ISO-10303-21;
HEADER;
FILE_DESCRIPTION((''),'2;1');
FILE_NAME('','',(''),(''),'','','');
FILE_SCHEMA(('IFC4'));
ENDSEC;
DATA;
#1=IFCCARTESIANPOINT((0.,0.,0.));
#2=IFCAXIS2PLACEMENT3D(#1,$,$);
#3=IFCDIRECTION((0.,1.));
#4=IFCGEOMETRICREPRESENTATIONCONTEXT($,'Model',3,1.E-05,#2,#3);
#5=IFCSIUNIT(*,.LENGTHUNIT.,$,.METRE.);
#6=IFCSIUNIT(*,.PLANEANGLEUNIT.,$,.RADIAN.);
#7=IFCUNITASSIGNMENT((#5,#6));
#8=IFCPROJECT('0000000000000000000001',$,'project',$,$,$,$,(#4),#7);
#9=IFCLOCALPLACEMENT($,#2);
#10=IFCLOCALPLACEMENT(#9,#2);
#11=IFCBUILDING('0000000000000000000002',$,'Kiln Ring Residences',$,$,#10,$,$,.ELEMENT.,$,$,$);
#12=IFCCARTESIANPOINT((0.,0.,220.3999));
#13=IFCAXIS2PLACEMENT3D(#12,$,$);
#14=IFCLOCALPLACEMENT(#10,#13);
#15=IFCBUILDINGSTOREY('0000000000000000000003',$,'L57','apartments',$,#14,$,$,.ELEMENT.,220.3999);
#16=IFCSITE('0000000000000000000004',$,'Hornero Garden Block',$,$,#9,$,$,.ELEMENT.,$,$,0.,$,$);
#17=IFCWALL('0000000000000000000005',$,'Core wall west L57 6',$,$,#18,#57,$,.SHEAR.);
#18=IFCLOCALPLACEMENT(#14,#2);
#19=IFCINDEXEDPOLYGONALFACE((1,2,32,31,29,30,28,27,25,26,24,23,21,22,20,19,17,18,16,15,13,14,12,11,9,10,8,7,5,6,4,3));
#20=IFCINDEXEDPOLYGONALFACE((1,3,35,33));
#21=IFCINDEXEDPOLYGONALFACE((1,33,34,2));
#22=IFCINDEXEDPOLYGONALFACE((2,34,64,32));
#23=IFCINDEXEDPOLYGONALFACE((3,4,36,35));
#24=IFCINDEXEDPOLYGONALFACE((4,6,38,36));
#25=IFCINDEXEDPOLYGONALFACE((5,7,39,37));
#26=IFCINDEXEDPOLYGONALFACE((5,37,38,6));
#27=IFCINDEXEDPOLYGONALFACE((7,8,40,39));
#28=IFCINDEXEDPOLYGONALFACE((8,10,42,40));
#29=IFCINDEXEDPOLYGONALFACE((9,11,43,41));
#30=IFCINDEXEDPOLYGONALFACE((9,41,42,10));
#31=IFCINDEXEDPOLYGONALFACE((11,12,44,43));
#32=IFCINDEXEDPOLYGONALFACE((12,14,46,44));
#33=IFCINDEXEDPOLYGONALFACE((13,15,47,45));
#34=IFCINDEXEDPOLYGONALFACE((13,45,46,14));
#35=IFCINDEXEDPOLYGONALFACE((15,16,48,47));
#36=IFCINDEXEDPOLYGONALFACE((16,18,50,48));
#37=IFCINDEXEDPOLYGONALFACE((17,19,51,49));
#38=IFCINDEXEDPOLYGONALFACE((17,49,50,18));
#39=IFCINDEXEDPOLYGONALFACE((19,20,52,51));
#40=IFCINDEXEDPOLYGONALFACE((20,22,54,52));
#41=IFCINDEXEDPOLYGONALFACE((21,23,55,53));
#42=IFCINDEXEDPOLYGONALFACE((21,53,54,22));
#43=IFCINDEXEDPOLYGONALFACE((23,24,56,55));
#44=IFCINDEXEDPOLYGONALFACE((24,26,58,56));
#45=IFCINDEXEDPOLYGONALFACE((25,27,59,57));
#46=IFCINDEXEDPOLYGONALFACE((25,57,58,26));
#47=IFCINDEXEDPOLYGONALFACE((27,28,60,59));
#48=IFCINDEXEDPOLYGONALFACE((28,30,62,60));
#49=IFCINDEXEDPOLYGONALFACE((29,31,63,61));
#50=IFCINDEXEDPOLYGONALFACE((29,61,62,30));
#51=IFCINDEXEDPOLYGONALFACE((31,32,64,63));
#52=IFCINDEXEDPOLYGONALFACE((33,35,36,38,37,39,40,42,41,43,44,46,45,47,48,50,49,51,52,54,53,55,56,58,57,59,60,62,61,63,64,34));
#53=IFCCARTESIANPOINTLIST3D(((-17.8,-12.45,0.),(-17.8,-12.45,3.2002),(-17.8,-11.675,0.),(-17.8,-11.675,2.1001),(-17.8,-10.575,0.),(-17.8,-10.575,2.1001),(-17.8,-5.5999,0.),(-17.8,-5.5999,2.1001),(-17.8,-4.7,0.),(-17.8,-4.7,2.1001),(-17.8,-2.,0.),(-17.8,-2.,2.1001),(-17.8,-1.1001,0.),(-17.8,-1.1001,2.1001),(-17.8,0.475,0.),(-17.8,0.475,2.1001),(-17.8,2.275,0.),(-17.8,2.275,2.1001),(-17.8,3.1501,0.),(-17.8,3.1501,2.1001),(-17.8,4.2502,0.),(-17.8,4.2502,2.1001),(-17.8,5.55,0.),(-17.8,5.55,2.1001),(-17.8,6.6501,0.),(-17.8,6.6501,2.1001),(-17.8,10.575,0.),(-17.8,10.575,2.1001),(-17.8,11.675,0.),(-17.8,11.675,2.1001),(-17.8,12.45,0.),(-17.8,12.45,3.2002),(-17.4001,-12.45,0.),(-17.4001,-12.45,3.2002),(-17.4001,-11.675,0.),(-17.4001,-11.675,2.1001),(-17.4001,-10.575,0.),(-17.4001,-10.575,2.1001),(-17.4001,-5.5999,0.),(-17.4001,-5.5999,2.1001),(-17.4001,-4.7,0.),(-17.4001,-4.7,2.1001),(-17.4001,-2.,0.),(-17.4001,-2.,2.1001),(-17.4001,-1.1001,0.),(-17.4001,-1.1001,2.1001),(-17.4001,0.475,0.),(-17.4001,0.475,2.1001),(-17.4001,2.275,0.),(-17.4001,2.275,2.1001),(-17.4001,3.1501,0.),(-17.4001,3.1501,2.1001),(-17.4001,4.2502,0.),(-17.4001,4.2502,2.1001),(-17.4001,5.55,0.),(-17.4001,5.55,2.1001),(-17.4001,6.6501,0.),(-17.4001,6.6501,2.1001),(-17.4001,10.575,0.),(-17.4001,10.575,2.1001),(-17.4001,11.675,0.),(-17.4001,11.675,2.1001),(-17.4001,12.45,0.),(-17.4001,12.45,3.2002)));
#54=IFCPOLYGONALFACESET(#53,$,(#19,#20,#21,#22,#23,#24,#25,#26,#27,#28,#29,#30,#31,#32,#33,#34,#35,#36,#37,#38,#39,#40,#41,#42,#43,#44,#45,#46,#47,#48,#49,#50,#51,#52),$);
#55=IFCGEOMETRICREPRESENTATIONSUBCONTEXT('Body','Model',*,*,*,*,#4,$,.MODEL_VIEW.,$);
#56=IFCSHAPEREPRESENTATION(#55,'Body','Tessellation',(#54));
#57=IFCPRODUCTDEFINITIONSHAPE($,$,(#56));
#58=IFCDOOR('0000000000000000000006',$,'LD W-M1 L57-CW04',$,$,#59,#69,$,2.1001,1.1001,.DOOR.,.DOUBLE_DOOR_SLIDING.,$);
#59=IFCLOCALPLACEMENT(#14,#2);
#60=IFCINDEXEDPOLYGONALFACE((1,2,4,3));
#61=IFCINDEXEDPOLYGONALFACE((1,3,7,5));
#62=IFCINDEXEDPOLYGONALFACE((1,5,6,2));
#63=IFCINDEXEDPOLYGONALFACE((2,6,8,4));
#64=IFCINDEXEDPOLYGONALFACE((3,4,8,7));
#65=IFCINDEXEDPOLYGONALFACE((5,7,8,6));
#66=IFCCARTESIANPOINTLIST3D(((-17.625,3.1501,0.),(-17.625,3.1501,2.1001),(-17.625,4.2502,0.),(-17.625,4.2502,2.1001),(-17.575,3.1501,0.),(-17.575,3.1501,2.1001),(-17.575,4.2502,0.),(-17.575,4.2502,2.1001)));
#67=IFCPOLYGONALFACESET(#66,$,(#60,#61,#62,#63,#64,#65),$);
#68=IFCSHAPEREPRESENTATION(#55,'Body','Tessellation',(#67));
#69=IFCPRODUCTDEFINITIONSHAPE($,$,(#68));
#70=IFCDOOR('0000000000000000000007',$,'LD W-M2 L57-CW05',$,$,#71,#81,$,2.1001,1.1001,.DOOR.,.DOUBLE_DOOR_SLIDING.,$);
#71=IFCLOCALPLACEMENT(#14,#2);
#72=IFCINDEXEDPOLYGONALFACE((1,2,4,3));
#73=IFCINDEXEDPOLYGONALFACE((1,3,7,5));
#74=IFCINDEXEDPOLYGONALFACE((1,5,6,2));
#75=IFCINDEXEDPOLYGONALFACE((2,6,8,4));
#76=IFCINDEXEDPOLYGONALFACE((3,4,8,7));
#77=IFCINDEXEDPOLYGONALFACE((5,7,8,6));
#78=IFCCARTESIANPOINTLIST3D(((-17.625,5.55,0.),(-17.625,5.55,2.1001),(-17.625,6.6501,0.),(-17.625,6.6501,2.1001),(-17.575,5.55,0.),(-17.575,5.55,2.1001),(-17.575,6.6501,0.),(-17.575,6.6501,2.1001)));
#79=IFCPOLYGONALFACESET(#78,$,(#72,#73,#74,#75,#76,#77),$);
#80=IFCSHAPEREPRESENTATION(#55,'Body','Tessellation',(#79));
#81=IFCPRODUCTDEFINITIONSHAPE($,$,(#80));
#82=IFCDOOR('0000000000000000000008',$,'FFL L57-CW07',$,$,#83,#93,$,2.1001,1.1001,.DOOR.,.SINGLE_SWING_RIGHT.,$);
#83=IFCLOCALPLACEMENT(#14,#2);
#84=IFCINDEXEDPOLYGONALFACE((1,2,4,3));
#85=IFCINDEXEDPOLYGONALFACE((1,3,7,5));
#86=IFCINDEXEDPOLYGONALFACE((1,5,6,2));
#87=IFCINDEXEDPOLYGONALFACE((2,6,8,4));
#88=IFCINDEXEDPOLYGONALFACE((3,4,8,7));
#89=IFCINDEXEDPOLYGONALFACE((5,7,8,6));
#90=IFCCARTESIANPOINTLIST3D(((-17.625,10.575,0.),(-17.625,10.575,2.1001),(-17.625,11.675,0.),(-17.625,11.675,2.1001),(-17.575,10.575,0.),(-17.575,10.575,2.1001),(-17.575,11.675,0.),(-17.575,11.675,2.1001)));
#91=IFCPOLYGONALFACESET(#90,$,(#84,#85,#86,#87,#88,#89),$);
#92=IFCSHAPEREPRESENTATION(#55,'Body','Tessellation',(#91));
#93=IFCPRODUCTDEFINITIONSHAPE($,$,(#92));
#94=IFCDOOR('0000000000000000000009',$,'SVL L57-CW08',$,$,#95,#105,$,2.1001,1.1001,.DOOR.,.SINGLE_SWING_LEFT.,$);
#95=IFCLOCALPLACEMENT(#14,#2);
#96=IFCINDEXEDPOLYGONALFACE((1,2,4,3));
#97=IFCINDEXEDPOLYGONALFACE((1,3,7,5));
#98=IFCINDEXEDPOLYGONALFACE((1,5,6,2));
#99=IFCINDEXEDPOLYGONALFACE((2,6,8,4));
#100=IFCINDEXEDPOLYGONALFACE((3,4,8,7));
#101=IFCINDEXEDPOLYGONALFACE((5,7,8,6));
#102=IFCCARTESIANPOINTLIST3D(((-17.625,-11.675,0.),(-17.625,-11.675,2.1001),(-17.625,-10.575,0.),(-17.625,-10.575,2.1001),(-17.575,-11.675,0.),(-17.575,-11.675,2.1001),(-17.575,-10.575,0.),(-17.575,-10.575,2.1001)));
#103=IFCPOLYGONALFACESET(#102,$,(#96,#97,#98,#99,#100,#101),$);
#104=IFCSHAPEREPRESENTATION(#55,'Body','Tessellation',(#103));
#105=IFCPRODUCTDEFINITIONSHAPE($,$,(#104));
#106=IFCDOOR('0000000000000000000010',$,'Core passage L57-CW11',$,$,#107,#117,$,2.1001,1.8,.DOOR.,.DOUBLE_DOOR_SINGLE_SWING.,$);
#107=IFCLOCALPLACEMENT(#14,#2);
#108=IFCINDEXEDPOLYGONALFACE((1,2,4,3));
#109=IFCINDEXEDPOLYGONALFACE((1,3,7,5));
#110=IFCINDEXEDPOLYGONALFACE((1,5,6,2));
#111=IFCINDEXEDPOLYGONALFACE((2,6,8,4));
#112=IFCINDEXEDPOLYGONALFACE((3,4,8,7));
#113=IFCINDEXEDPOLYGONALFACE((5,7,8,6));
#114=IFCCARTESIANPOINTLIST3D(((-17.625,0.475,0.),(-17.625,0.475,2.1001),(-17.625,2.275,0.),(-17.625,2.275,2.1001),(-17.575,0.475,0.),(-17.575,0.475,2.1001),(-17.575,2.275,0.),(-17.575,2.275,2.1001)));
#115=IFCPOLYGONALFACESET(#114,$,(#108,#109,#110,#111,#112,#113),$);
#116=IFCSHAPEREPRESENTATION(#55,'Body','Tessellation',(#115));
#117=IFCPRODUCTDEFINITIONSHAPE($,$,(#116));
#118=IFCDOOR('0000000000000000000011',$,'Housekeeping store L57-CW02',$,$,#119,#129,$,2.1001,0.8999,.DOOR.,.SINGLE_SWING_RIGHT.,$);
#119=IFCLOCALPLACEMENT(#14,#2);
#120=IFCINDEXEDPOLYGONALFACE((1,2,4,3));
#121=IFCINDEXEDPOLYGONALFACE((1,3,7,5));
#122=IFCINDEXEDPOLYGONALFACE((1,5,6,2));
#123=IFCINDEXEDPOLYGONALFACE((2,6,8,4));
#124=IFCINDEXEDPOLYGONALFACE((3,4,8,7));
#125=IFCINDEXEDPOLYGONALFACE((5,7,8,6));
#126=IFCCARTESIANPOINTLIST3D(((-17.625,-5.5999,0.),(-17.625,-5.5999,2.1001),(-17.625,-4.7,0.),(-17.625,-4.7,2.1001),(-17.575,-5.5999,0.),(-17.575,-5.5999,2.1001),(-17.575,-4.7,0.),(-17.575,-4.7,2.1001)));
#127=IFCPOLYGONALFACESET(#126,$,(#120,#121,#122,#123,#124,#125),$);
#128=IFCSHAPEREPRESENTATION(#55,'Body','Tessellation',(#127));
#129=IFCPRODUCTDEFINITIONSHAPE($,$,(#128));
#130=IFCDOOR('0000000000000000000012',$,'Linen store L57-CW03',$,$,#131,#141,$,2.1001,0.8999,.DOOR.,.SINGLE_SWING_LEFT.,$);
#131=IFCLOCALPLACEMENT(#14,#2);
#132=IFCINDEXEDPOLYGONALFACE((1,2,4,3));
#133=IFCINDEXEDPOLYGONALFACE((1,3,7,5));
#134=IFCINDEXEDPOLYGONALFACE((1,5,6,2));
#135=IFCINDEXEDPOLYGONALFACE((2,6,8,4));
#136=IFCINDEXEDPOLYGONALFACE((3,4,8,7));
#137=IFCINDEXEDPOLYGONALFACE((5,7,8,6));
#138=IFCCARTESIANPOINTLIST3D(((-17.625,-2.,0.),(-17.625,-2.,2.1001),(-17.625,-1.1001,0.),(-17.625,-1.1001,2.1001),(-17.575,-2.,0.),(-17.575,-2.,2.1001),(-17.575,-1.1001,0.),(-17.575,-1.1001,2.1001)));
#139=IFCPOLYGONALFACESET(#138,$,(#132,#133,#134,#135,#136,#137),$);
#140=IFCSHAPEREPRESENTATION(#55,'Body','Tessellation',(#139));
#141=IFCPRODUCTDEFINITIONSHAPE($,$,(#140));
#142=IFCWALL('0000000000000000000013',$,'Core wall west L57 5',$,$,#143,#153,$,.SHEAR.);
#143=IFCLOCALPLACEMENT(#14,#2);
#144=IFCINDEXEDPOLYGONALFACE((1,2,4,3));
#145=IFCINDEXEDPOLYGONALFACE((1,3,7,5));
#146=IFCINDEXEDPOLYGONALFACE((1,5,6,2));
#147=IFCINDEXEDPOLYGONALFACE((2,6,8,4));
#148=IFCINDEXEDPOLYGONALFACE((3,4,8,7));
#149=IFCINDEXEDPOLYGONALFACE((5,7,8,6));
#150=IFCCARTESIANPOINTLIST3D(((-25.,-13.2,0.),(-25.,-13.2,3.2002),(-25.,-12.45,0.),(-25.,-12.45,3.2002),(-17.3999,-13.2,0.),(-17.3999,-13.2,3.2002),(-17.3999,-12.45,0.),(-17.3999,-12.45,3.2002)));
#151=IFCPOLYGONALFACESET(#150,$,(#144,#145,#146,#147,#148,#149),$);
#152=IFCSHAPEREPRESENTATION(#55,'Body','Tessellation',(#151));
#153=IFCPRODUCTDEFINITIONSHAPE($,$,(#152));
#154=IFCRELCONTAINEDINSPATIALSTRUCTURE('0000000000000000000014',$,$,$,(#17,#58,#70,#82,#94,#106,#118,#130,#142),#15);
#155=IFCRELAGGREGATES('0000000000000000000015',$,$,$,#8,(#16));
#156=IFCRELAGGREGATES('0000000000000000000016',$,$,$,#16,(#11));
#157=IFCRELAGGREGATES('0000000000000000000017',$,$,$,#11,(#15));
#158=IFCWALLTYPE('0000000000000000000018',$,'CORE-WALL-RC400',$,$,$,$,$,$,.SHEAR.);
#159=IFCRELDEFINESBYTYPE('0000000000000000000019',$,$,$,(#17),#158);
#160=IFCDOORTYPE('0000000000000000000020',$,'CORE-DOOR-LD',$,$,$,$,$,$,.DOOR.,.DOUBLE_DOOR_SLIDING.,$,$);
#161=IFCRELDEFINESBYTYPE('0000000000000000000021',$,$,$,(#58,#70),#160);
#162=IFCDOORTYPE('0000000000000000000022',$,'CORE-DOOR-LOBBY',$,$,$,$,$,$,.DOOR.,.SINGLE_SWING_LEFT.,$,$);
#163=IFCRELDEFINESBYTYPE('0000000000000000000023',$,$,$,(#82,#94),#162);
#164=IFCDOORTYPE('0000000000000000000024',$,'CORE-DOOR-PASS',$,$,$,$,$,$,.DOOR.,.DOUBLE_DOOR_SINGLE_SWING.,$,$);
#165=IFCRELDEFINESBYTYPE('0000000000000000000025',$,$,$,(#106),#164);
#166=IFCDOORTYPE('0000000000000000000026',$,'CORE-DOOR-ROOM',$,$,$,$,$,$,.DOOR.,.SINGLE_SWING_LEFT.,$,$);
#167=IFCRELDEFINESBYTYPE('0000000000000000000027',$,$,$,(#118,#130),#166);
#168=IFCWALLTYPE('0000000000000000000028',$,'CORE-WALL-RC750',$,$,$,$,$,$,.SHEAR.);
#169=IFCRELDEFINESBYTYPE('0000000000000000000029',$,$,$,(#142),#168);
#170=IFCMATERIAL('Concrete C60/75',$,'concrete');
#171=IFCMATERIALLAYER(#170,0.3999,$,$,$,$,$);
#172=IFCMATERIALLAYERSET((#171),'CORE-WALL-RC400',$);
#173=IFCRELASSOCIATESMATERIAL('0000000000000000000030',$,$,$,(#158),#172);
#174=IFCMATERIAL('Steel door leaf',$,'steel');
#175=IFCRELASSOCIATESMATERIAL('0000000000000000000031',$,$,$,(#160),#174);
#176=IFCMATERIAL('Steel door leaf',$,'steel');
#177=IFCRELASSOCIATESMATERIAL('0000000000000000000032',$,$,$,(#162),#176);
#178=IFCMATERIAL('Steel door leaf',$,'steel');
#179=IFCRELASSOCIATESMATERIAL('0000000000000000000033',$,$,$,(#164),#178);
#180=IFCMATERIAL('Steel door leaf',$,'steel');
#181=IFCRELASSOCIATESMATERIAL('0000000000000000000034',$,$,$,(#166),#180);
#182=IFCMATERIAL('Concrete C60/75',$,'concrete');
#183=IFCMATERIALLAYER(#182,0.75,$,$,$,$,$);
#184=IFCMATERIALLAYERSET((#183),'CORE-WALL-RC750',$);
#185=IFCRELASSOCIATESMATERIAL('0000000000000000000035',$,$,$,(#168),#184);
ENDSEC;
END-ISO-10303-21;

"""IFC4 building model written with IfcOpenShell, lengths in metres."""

from ifc_helpers import new_model, si_unit, direction, frame, frame_2d, origin, place, context, subcontext, project, spatial, rectangle, extrude, material, layer, layer_set, type_object, element, fill, save


model = new_model("IFC4")

# Units and contexts
model_context = context("Model", 3, precision=1e-05, world=origin(), true_north=direction((0.0, 1.0)))
body_context = subcontext(model_context, "Body", "Model", "MODEL_VIEW")
ifc_project = project(units=[si_unit("LENGTHUNIT", "METRE"), si_unit("PLANEANGLEUNIT", "RADIAN")], contexts=[model_context])

# Site, building, storey
site_placement = place(None, origin())
site = spatial("IfcSite", under=ifc_project, at=site_placement, Name="Hornero Garden Block", CompositionType="ELEMENT", RefElevation=0.0)
building_placement = place(site_placement, origin())
building = spatial("IfcBuilding", under=site, at=building_placement, Name="Kiln Ring Residences", CompositionType="ELEMENT")
storey_placement = place(building_placement, frame((0.0, 0.0, 220.3999)))
storey = spatial("IfcBuildingStorey", under=building, at=storey_placement, Name="L57", Description="apartments", CompositionType="ELEMENT", Elevation=220.3999)

# Wall, openings, doors
ifc_material_1 = material(Name="Concrete C60/75", Category="concrete")
ifc_layer_1 = layer(ifc_material_1, 0.3999)
ifc_layer_set_1 = layer_set([ifc_layer_1], Name="CORE-WALL-RC400")
wall_type_1 = type_object("IfcWallType", Name="CORE-WALL-RC400", PredefinedType="SHEAR", material=ifc_layer_set_1)
wall_1_placement = place(storey_placement, frame((-17.6001, -12.45, 0.0), z_axis=(0.0, 0.0, 1.0), x_axis=(0.0, 1.0, 0.0)))
wall_1 = element("IfcWall", 1, at=wall_1_placement, inside=storey, type_object=wall_type_1, Name="Core wall west L57 6", PredefinedType="SHEAR", context=body_context, shape_type="SweptSolid", body=[
    extrude(rectangle(XDim=24.8999, YDim=0.3999, at=frame_2d((12.45, 0.0))), origin(), (0.0, 0.0, 1.0), 3.2002),
])
opening_1_placement = place(wall_1_placement, frame((6.8501, 0.0, 0.0)))
opening_1 = element("IfcOpeningElement", 2, at=opening_1_placement, cuts=wall_1, PredefinedType="OPENING", context=body_context, shape_type="SweptSolid", body=[
    extrude(rectangle(XDim=0.8999, YDim=2.1001, at=frame_2d((0.45, 1.05))), frame((0.0, 0.21, 0.0), z_axis=(0.0, -1.0, 0.0), x_axis=(1.0, 0.0, 0.0)), (0.0, 0.0, 1.0), 0.4199),
])
opening_2_placement = place(wall_1_placement, frame((10.45, 0.0, 0.0)))
opening_2 = element("IfcOpeningElement", 3, at=opening_2_placement, cuts=wall_1, PredefinedType="OPENING", context=body_context, shape_type="SweptSolid", body=[
    extrude(rectangle(XDim=0.8999, YDim=2.1001, at=frame_2d((0.45, 1.05))), frame((0.0, 0.21, 0.0), z_axis=(0.0, -1.0, 0.0), x_axis=(1.0, 0.0, 0.0)), (0.0, 0.0, 1.0), 0.4199),
])
opening_3_placement = place(wall_1_placement, frame((15.6001, 0.0, 0.0)))
opening_3 = element("IfcOpeningElement", 4, at=opening_3_placement, cuts=wall_1, PredefinedType="OPENING", context=body_context, shape_type="SweptSolid", body=[
    extrude(rectangle(XDim=1.1001, YDim=2.1001, at=frame_2d((0.55, 1.05))), frame((0.0, 0.21, 0.0), z_axis=(0.0, -1.0, 0.0), x_axis=(1.0, 0.0, 0.0)), (0.0, 0.0, 1.0), 0.4199),
])
opening_4_placement = place(wall_1_placement, frame((18.0, 0.0, 0.0)))
opening_4 = element("IfcOpeningElement", 5, at=opening_4_placement, cuts=wall_1, PredefinedType="OPENING", context=body_context, shape_type="SweptSolid", body=[
    extrude(rectangle(XDim=1.1001, YDim=2.1001, at=frame_2d((0.55, 1.05))), frame((0.0, 0.21, 0.0), z_axis=(0.0, -1.0, 0.0), x_axis=(1.0, 0.0, 0.0)), (0.0, 0.0, 1.0), 0.4199),
])
opening_5_placement = place(wall_1_placement, frame((23.0249, 0.0, 0.0)))
opening_5 = element("IfcOpeningElement", 6, at=opening_5_placement, cuts=wall_1, PredefinedType="OPENING", context=body_context, shape_type="SweptSolid", body=[
    extrude(rectangle(XDim=1.1001, YDim=2.1001, at=frame_2d((0.55, 1.05))), frame((0.0, 0.21, 0.0), z_axis=(0.0, -1.0, 0.0), x_axis=(1.0, 0.0, 0.0)), (0.0, 0.0, 1.0), 0.4199),
])
opening_6_placement = place(wall_1_placement, frame((0.7749, 0.0, 0.0)))
opening_6 = element("IfcOpeningElement", 7, at=opening_6_placement, cuts=wall_1, PredefinedType="OPENING", context=body_context, shape_type="SweptSolid", body=[
    extrude(rectangle(XDim=1.1001, YDim=2.1001, at=frame_2d((0.55, 1.05))), frame((0.0, 0.21, 0.0), z_axis=(0.0, -1.0, 0.0), x_axis=(1.0, 0.0, 0.0)), (0.0, 0.0, 1.0), 0.4199),
])
opening_7_placement = place(wall_1_placement, frame((12.925, 0.0, 0.0)))
opening_7 = element("IfcOpeningElement", 8, at=opening_7_placement, cuts=wall_1, PredefinedType="OPENING", context=body_context, shape_type="SweptSolid", body=[
    extrude(rectangle(XDim=1.8, YDim=2.1001, at=frame_2d((0.8999, 1.05))), frame((0.0, 0.21, 0.0), z_axis=(0.0, -1.0, 0.0), x_axis=(1.0, 0.0, 0.0)), (0.0, 0.0, 1.0), 0.4199),
])
ifc_material_2 = material(Name="Steel door leaf", Category="steel")
door_type_1 = type_object("IfcDoorType", Name="CORE-DOOR-LD", OperationType="DOUBLE_DOOR_SLIDING", PredefinedType="DOOR", material=ifc_material_2)
door_1_placement = place(opening_3_placement, origin())
door_1 = element("IfcDoor", 9, at=door_1_placement, inside=storey, type_object=door_type_1, Name="LD W-M1 L57-CW04", OperationType="DOUBLE_DOOR_SLIDING", OverallHeight=2.1001, OverallWidth=1.1001, PredefinedType="DOOR", context=body_context, shape_type="SweptSolid", body=[
    extrude(rectangle(XDim=1.1001, YDim=2.1001, at=frame_2d((0.55, 1.05))), frame((0.0, 0.0249, 0.0), z_axis=(0.0, -1.0, 0.0), x_axis=(1.0, 0.0, 0.0)), (0.0, 0.0, 1.0), 0.05),
])
fill(opening_3, door_1)
door_2_placement = place(opening_4_placement, origin())
door_2 = element("IfcDoor", 10, at=door_2_placement, inside=storey, type_object=door_type_1, Name="LD W-M2 L57-CW05", OperationType="DOUBLE_DOOR_SLIDING", OverallHeight=2.1001, OverallWidth=1.1001, PredefinedType="DOOR", context=body_context, shape_type="SweptSolid", body=[
    extrude(rectangle(XDim=1.1001, YDim=2.1001, at=frame_2d((0.55, 1.05))), frame((0.0, 0.0249, 0.0), z_axis=(0.0, -1.0, 0.0), x_axis=(1.0, 0.0, 0.0)), (0.0, 0.0, 1.0), 0.05),
])
fill(opening_4, door_2)
ifc_material_3 = material(Name="Steel door leaf", Category="steel")
door_type_2 = type_object("IfcDoorType", Name="CORE-DOOR-LOBBY", OperationType="SINGLE_SWING_LEFT", PredefinedType="DOOR", material=ifc_material_3)
door_3_placement = place(opening_5_placement, origin())
door_3 = element("IfcDoor", 11, at=door_3_placement, inside=storey, type_object=door_type_2, Name="FFL L57-CW07", OperationType="SINGLE_SWING_RIGHT", OverallHeight=2.1001, OverallWidth=1.1001, PredefinedType="DOOR", context=body_context, shape_type="SweptSolid", body=[
    extrude(rectangle(XDim=1.1001, YDim=2.1001, at=frame_2d((0.55, 1.05))), frame((0.0, 0.0249, 0.0), z_axis=(0.0, -1.0, 0.0), x_axis=(1.0, 0.0, 0.0)), (0.0, 0.0, 1.0), 0.05),
])
fill(opening_5, door_3)
door_4_placement = place(opening_6_placement, origin())
door_4 = element("IfcDoor", 12, at=door_4_placement, inside=storey, type_object=door_type_2, Name="SVL L57-CW08", OperationType="SINGLE_SWING_LEFT", OverallHeight=2.1001, OverallWidth=1.1001, PredefinedType="DOOR", context=body_context, shape_type="SweptSolid", body=[
    extrude(rectangle(XDim=1.1001, YDim=2.1001, at=frame_2d((0.55, 1.05))), frame((0.0, 0.0249, 0.0), z_axis=(0.0, -1.0, 0.0), x_axis=(1.0, 0.0, 0.0)), (0.0, 0.0, 1.0), 0.05),
])
fill(opening_6, door_4)
ifc_material_4 = material(Name="Steel door leaf", Category="steel")
door_type_3 = type_object("IfcDoorType", Name="CORE-DOOR-PASS", OperationType="DOUBLE_DOOR_SINGLE_SWING", PredefinedType="DOOR", material=ifc_material_4)
door_5_placement = place(opening_7_placement, origin())
door_5 = element("IfcDoor", 13, at=door_5_placement, inside=storey, type_object=door_type_3, Name="Core passage L57-CW11", OperationType="DOUBLE_DOOR_SINGLE_SWING", OverallHeight=2.1001, OverallWidth=1.8, PredefinedType="DOOR", context=body_context, shape_type="SweptSolid", body=[
    extrude(rectangle(XDim=1.8, YDim=2.1001, at=frame_2d((0.8999, 1.05))), frame((0.0, 0.0249, 0.0), z_axis=(0.0, -1.0, 0.0), x_axis=(1.0, 0.0, 0.0)), (0.0, 0.0, 1.0), 0.05),
])
fill(opening_7, door_5)
ifc_material_5 = material(Name="Steel door leaf", Category="steel")
door_type_4 = type_object("IfcDoorType", Name="CORE-DOOR-ROOM", OperationType="SINGLE_SWING_LEFT", PredefinedType="DOOR", material=ifc_material_5)
door_6_placement = place(opening_1_placement, origin())
door_6 = element("IfcDoor", 14, at=door_6_placement, inside=storey, type_object=door_type_4, Name="Housekeeping store L57-CW02", OperationType="SINGLE_SWING_RIGHT", OverallHeight=2.1001, OverallWidth=0.8999, PredefinedType="DOOR", context=body_context, shape_type="SweptSolid", body=[
    extrude(rectangle(XDim=0.8999, YDim=2.1001, at=frame_2d((0.45, 1.05))), frame((0.0, 0.0249, 0.0), z_axis=(0.0, -1.0, 0.0), x_axis=(1.0, 0.0, 0.0)), (0.0, 0.0, 1.0), 0.05),
])
fill(opening_1, door_6)
door_7_placement = place(opening_2_placement, origin())
door_7 = element("IfcDoor", 15, at=door_7_placement, inside=storey, type_object=door_type_4, Name="Linen store L57-CW03", OperationType="SINGLE_SWING_LEFT", OverallHeight=2.1001, OverallWidth=0.8999, PredefinedType="DOOR", context=body_context, shape_type="SweptSolid", body=[
    extrude(rectangle(XDim=0.8999, YDim=2.1001, at=frame_2d((0.45, 1.05))), frame((0.0, 0.0249, 0.0), z_axis=(0.0, -1.0, 0.0), x_axis=(1.0, 0.0, 0.0)), (0.0, 0.0, 1.0), 0.05),
])
fill(opening_2, door_7)

# Wall
ifc_material_6 = material(Name="Concrete C60/75", Category="concrete")
ifc_layer_2 = layer(ifc_material_6, 0.75)
ifc_layer_set_2 = layer_set([ifc_layer_2], Name="CORE-WALL-RC750")
wall_type_2 = type_object("IfcWallType", Name="CORE-WALL-RC750", PredefinedType="SHEAR", material=ifc_layer_set_2)
wall_2_placement = place(storey_placement, frame((-17.3999, -12.825, 0.0), z_axis=(0.0, 0.0, 1.0), x_axis=(-1.0, 0.0, 0.0)))
element("IfcWall", 16, at=wall_2_placement, inside=storey, type_object=wall_type_2, Name="Core wall west L57 5", PredefinedType="SHEAR", context=body_context, shape_type="SweptSolid", body=[
    extrude(rectangle(XDim=7.6001, YDim=0.75, at=frame_2d((3.8, 0.0))), origin(), (0.0, 0.0, 1.0), 3.2002),
])

save(model, "model.ifc")
